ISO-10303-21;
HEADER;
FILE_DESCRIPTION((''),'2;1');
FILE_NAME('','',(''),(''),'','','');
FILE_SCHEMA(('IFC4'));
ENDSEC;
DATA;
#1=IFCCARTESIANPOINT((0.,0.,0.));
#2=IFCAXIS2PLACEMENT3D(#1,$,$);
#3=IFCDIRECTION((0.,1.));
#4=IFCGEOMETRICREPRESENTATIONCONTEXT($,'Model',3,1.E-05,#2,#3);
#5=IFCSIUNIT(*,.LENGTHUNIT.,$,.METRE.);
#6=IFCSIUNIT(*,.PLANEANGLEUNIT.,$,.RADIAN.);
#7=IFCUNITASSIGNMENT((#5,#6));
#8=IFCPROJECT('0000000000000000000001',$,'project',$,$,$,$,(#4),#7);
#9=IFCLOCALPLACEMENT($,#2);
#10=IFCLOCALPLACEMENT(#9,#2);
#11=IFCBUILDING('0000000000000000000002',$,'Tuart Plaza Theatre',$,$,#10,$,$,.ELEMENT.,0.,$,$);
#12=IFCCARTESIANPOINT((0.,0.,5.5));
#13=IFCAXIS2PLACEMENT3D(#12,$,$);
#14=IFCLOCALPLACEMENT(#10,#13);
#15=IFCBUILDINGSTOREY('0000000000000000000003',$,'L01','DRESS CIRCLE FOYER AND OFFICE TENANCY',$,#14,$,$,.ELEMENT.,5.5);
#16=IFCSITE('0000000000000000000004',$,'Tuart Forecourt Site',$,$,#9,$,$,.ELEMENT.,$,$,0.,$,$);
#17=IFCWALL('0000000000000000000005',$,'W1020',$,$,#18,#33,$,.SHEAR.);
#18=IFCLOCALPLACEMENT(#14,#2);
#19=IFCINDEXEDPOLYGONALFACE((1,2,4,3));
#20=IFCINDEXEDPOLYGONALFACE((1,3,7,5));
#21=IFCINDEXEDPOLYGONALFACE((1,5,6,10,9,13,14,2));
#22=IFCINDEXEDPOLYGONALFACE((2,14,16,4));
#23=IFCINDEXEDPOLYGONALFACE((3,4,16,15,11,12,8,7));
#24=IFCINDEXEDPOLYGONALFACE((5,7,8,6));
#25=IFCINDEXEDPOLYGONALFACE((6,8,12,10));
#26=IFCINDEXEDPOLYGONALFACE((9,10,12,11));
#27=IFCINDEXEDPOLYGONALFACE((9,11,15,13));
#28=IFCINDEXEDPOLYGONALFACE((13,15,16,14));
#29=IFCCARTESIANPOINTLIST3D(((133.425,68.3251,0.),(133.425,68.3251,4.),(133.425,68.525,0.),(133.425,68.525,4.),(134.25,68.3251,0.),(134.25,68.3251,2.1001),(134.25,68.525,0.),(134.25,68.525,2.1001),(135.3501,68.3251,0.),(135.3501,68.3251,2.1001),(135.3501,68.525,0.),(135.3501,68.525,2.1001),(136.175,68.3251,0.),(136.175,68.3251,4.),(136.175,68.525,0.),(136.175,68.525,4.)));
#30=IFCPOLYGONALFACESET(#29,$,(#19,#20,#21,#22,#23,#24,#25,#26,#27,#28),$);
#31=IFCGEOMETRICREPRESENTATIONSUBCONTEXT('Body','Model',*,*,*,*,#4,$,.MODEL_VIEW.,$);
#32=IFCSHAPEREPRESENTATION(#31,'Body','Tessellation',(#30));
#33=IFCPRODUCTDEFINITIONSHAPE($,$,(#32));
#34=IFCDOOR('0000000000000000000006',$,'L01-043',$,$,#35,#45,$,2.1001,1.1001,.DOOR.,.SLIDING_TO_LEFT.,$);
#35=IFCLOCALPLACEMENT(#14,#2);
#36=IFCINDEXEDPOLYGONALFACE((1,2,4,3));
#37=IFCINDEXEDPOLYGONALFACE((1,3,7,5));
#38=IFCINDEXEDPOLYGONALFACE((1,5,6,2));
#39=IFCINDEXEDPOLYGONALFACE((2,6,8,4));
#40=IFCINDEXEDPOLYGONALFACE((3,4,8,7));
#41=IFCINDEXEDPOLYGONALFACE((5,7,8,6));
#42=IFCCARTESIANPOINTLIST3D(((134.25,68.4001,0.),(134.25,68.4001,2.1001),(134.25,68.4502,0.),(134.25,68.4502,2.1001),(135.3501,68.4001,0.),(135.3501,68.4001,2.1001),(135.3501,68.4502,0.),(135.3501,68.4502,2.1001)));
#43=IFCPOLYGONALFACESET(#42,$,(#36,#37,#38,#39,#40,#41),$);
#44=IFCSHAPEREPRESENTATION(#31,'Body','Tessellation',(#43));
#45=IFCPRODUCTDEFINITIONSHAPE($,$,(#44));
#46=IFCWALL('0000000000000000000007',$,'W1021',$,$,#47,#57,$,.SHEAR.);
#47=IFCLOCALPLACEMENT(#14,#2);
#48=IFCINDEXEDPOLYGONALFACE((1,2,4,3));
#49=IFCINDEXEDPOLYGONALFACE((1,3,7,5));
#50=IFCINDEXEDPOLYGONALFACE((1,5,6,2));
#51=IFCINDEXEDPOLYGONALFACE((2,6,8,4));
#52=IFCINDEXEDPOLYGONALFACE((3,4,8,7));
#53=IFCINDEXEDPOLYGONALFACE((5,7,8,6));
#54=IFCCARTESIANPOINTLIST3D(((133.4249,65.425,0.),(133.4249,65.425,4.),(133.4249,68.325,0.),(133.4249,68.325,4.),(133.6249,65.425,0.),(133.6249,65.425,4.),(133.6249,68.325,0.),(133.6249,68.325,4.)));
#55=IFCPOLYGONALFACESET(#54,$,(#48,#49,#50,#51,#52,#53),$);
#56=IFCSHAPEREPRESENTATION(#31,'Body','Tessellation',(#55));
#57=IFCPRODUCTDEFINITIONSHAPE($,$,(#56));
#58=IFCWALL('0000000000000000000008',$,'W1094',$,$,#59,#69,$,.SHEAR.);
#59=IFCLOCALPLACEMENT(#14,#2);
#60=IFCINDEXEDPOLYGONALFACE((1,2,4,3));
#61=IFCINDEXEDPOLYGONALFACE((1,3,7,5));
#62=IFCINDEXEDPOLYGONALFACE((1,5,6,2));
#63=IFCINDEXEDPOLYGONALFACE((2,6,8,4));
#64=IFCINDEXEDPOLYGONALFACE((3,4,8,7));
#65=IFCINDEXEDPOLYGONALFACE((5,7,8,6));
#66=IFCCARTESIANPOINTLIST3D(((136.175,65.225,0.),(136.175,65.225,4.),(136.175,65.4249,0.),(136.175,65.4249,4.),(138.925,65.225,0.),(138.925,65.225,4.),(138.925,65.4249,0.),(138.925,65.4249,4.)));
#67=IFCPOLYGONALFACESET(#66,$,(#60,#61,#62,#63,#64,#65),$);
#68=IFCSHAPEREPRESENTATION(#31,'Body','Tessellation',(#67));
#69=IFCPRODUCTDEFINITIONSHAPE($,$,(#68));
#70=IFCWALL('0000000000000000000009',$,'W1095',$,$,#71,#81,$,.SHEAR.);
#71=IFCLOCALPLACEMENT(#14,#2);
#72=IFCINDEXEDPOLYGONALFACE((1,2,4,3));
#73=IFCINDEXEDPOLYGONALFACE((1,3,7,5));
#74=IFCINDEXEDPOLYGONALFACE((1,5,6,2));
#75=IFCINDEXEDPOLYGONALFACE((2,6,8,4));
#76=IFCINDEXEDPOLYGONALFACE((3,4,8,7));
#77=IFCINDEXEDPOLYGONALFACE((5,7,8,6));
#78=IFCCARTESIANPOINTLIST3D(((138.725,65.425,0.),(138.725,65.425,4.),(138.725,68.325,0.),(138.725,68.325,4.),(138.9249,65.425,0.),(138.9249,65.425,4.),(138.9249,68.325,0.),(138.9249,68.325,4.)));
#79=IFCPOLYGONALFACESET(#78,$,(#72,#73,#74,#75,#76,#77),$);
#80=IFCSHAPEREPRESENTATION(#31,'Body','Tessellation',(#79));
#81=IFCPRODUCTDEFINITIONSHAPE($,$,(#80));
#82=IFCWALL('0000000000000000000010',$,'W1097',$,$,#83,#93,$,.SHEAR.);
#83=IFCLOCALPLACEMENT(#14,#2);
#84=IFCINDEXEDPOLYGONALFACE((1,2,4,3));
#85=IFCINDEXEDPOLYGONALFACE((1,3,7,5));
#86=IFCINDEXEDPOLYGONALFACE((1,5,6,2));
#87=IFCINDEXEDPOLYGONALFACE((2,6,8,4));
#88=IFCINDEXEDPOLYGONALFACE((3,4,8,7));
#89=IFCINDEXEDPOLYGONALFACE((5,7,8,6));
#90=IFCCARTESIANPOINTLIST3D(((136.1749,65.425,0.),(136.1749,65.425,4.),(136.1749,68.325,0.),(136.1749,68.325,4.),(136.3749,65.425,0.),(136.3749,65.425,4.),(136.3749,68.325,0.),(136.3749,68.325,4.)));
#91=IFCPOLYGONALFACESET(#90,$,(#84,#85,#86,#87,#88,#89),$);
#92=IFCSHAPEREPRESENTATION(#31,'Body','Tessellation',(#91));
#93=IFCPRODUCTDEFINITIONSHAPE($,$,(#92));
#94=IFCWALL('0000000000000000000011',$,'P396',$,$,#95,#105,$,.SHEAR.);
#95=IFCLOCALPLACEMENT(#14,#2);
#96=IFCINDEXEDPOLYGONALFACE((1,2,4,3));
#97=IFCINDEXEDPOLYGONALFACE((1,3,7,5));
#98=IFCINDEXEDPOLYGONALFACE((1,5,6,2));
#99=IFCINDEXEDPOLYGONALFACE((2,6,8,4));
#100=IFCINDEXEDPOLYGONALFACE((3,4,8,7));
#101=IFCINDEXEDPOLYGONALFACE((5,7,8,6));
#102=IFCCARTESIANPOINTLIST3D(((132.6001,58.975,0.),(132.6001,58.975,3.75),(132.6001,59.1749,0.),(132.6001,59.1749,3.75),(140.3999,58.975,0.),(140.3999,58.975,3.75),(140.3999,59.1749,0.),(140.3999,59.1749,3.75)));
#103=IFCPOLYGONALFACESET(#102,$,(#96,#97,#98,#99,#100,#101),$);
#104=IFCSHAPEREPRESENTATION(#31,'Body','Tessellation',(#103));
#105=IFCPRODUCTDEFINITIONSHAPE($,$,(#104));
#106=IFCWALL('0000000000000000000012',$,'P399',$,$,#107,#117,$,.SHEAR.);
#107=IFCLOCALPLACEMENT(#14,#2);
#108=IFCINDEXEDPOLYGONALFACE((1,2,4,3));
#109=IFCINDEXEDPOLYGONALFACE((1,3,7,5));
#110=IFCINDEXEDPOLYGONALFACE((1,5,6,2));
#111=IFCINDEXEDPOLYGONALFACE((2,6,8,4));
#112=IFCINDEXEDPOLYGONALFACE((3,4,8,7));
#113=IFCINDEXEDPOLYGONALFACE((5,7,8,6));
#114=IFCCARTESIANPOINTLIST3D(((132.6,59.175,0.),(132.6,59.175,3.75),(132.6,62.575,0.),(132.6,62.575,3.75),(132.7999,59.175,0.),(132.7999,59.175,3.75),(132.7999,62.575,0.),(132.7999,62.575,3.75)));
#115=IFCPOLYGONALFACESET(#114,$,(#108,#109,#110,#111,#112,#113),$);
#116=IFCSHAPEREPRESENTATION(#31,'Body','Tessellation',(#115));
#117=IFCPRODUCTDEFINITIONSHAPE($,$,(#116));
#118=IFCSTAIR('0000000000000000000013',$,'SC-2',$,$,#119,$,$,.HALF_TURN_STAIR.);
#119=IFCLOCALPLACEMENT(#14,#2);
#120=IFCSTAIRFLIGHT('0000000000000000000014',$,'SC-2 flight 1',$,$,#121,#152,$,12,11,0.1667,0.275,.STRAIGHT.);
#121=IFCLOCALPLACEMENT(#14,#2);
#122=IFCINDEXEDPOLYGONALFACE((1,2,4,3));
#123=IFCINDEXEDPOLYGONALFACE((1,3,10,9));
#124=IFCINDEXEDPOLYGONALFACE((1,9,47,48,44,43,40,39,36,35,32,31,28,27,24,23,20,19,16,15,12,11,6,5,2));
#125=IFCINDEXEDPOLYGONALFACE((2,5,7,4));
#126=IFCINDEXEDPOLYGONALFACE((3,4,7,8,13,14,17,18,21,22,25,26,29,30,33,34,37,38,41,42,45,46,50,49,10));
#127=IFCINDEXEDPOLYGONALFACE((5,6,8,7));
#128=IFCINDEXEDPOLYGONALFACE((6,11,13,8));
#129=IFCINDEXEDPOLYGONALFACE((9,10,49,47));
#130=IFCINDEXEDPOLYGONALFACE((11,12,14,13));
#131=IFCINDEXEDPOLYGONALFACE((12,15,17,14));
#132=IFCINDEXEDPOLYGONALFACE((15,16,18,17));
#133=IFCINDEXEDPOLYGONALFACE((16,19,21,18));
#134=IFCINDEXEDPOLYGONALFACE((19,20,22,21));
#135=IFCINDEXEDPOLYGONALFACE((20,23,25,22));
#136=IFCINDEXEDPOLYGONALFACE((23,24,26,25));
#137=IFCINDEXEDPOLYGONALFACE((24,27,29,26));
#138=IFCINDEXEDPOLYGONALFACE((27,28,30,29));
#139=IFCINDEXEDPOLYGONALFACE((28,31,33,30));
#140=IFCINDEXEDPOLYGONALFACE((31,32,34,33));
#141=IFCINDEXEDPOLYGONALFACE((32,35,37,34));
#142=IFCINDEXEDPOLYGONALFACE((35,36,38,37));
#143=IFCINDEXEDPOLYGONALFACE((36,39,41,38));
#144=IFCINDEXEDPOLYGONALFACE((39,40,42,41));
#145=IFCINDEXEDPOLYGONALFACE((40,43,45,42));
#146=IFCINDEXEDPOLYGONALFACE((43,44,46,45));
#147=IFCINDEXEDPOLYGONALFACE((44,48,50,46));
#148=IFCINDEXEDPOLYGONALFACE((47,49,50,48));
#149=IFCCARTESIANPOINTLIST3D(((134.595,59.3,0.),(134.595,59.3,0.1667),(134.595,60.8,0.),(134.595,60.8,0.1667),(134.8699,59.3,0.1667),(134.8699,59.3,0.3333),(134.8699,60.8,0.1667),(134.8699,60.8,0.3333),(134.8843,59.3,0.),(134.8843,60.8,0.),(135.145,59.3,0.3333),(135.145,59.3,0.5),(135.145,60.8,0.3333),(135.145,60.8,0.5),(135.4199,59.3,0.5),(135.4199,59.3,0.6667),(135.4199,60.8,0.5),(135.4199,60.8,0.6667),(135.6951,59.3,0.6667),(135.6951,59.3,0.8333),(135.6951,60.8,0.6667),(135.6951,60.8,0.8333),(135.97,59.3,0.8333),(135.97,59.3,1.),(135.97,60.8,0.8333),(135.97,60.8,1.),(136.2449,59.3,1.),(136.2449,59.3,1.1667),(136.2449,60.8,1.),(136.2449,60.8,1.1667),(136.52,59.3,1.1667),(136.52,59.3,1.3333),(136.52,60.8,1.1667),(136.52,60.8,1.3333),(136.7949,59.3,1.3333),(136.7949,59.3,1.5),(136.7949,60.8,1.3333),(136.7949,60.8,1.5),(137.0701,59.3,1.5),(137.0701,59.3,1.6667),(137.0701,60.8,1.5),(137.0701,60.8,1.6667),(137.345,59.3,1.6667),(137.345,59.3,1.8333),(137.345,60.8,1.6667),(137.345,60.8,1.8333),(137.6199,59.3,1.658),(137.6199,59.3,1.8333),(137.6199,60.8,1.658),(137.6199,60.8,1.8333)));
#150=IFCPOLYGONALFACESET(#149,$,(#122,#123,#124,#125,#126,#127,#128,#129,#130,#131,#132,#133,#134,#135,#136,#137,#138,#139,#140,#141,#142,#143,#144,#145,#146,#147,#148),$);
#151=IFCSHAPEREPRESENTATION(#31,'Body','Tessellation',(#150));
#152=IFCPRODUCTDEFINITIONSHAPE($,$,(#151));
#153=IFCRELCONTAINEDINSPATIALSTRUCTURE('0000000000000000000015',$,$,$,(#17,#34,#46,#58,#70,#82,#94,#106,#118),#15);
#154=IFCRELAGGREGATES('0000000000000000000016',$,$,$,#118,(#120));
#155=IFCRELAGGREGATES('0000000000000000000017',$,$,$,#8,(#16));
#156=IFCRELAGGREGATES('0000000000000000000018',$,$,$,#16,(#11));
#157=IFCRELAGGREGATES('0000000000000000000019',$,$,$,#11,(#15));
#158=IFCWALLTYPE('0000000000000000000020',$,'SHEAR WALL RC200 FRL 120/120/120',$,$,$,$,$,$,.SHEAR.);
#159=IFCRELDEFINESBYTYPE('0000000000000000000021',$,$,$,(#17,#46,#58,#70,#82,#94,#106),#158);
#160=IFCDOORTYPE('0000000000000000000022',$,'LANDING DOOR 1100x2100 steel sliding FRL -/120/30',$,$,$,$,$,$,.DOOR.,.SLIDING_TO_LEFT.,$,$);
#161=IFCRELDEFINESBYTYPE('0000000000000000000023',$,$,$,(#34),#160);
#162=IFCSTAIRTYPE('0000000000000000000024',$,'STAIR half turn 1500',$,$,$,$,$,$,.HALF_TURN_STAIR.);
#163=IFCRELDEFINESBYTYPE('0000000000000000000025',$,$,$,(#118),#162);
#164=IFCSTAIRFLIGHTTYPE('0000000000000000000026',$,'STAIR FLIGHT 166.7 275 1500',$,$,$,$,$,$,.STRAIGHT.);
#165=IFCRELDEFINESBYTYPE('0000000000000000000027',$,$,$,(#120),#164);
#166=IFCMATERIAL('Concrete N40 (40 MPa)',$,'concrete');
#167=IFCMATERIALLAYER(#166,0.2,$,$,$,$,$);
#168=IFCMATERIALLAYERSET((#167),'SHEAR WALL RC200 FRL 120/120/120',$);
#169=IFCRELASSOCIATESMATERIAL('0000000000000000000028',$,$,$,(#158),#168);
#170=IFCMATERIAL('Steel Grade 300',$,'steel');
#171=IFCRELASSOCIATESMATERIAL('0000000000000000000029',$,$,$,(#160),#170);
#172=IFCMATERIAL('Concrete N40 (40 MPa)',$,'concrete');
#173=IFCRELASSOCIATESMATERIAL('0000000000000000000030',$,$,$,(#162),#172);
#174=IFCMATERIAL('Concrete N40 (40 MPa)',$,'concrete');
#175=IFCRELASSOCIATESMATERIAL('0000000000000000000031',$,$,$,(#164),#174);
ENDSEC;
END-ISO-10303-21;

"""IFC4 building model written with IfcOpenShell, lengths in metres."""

from ifc_helpers import new_model, si_unit, direction, frame, frame_2d, origin, place, context, subcontext, project, spatial, polyline, rectangle, outline, extrude, material, layer, layer_set, type_object, element, fill, aggregate, save


model = new_model("IFC4")

# Units and contexts
model_context = context("Model", 3, precision=1e-05, world=origin(), true_north=direction((0.0, 1.0)))
body_context = subcontext(model_context, "Body", "Model", "MODEL_VIEW")
ifc_project = project(units=[si_unit("LENGTHUNIT", "METRE"), si_unit("PLANEANGLEUNIT", "RADIAN")], contexts=[model_context])

# Site, building, storey
site_placement = place(None, origin())
site = spatial("IfcSite", under=ifc_project, at=site_placement, Name="Tuart Forecourt Site", CompositionType="ELEMENT", RefElevation=0.0)
building_placement = place(site_placement, origin())
building = spatial("IfcBuilding", under=site, at=building_placement, Name="Tuart Plaza Theatre", CompositionType="ELEMENT", ElevationOfRefHeight=0.0)
storey_placement = place(building_placement, frame((0.0, 0.0, 5.5)))
storey = spatial("IfcBuildingStorey", under=building, at=storey_placement, Name="L01", Description="DRESS CIRCLE FOYER AND OFFICE TENANCY", CompositionType="ELEMENT", Elevation=5.5)

# Shared definitions
ifc_material_1 = material(Name="Concrete N40 (40 MPa)", Category="concrete")
ifc_layer_1 = layer(ifc_material_1, 0.2)
ifc_layer_set_1 = layer_set([ifc_layer_1], Name="SHEAR WALL RC200 FRL 120/120/120")
wall_type_1 = type_object("IfcWallType", Name="SHEAR WALL RC200 FRL 120/120/120", PredefinedType="SHEAR", material=ifc_layer_set_1)

# Shared definitions
ifc_material_2 = material(Name="Steel Grade 300", Category="steel")
door_type_1 = type_object("IfcDoorType", Name="LANDING DOOR 1100x2100 steel sliding FRL -/120/30", OperationType="SLIDING_TO_LEFT", PredefinedType="DOOR", material=ifc_material_2)

# Wall, opening, door
wall_1_placement = place(storey_placement, frame((136.175, 68.425, 0.0), z_axis=(0.0, 0.0, 1.0), x_axis=(-1.0, 0.0, 0.0)))
wall_1 = element("IfcWall", 1, at=wall_1_placement, inside=storey, type_object=wall_type_1, Name="W1020", PredefinedType="SHEAR", context=body_context, shape_type="SweptSolid", body=[
    extrude(rectangle(XDim=2.75, YDim=0.2, at=frame_2d((1.375, 0.0))), origin(), (0.0, 0.0, 1.0), 4.0),
])
opening_1_placement = place(wall_1_placement, frame((0.825, 0.0, 0.0)))
opening_1 = element("IfcOpeningElement", 2, at=opening_1_placement, cuts=wall_1, PredefinedType="OPENING", context=body_context, shape_type="SweptSolid", body=[
    extrude(rectangle(XDim=1.1001, YDim=2.1001, at=frame_2d((0.55, 1.05))), frame((0.0, 0.1099, 0.0), z_axis=(0.0, -1.0, 0.0), x_axis=(1.0, 0.0, 0.0)), (0.0, 0.0, 1.0), 0.22),
])
door_1_placement = place(opening_1_placement, origin())
door_1 = element("IfcDoor", 3, at=door_1_placement, inside=storey, type_object=door_type_1, Name="L01-043", OperationType="SLIDING_TO_LEFT", OverallHeight=2.1001, OverallWidth=1.1001, PredefinedType="DOOR", context=body_context, shape_type="SweptSolid", body=[
    extrude(rectangle(XDim=1.1001, YDim=2.1001, at=frame_2d((0.55, 1.05))), frame((0.0, 0.0249, 0.0), z_axis=(0.0, -1.0, 0.0), x_axis=(1.0, 0.0, 0.0)), (0.0, 0.0, 1.0), 0.05),
])
fill(opening_1, door_1)

# Walls
wall_2_placement = place(storey_placement, frame((133.5249, 68.325, 0.0), z_axis=(0.0, 0.0, 1.0), x_axis=(0.0, -1.0, 0.0)))
element("IfcWall", 4, at=wall_2_placement, inside=storey, type_object=wall_type_1, Name="W1021", PredefinedType="SHEAR", context=body_context, shape_type="SweptSolid", body=[
    extrude(rectangle(XDim=2.8999, YDim=0.2, at=frame_2d((1.45, 0.0))), origin(), (0.0, 0.0, 1.0), 4.0),
])
wall_3_placement = place(storey_placement, frame((136.175, 65.325, 0.0), z_axis=(0.0, 0.0, 1.0), x_axis=(1.0, 0.0, 0.0)))
element("IfcWall", 5, at=wall_3_placement, inside=storey, type_object=wall_type_1, Name="W1094", PredefinedType="SHEAR", context=body_context, shape_type="SweptSolid", body=[
    extrude(rectangle(XDim=2.75, YDim=0.2, at=frame_2d((1.375, 0.0))), origin(), (0.0, 0.0, 1.0), 4.0),
])
for number, where, z_axis, x_axis, name in (
    (6, (138.825, 65.425, 0.0), (0.0, 0.0, 1.0), (0.0, 1.0, 0.0), "W1095"),
    (7, (136.2749, 68.325, 0.0), (0.0, 0.0, 1.0), (0.0, -1.0, 0.0), "W1097"),
):
    element("IfcWall", number, at=place(storey_placement, frame(where, z_axis=z_axis, x_axis=x_axis)), inside=storey, type_object=wall_type_1, Name=name, PredefinedType="SHEAR", context=body_context, shape_type="SweptSolid", body=[
        extrude(rectangle(XDim=2.8999, YDim=0.2, at=frame_2d((1.45, 0.0))), origin(), (0.0, 0.0, 1.0), 4.0),
    ])
wall_4_placement = place(storey_placement, frame((132.6001, 59.075, 0.0), z_axis=(0.0, 0.0, 1.0), x_axis=(1.0, 0.0, 0.0)))
element("IfcWall", 8, at=wall_4_placement, inside=storey, type_object=wall_type_1, Name="P396", PredefinedType="SHEAR", context=body_context, shape_type="SweptSolid", body=[
    extrude(rectangle(XDim=7.7998, YDim=0.2, at=frame_2d((3.8999, 0.0))), origin(), (0.0, 0.0, 1.0), 3.75),
])
wall_5_placement = place(storey_placement, frame((132.7, 62.575, 0.0), z_axis=(0.0, 0.0, 1.0), x_axis=(0.0, -1.0, 0.0)))
element("IfcWall", 9, at=wall_5_placement, inside=storey, type_object=wall_type_1, Name="P399", PredefinedType="SHEAR", context=body_context, shape_type="SweptSolid", body=[
    extrude(rectangle(XDim=3.3999, YDim=0.2, at=frame_2d((1.7, 0.0))), origin(), (0.0, 0.0, 1.0), 3.75),
])

# Stair, stair flight
ifc_material_3 = material(Name="Concrete N40 (40 MPa)", Category="concrete")
stair_type = type_object("IfcStairType", Name="STAIR half turn 1500", PredefinedType="HALF_TURN_STAIR", material=ifc_material_3)
stair_placement = place(storey_placement, origin())
stair = element("IfcStair", 10, at=stair_placement, inside=storey, type_object=stair_type, Name="SC-2", PredefinedType="HALF_TURN_STAIR")
ifc_material_4 = material(Name="Concrete N40 (40 MPa)", Category="concrete")
stair_flight_type = type_object("IfcStairFlightType", Name="STAIR FLIGHT 166.7 275 1500", PredefinedType="STRAIGHT", material=ifc_material_4)
stair_flight_placement = place(storey_placement, frame((134.595, 60.05, 0.0), z_axis=(0.0, 0.0, 1.0), x_axis=(1.0, 0.0, 0.0)))
stair_flight = element("IfcStairFlight", 11, at=stair_flight_placement, type_object=stair_flight_type, Name="SC-2 flight 1", NumberOfRisers=12, NumberOfTreads=11, PredefinedType="STRAIGHT", RiserHeight=0.1667, TreadLength=0.275, context=body_context, shape_type="SweptSolid", body=[
    extrude(outline(polyline([(0.0, 0.0), (0.0, 0.1667), (0.2749, 0.1667), (0.2749, 0.3333), (0.55, 0.3333), (0.55, 0.5), (0.825, 0.5), (0.825, 0.6667), (1.1001, 0.6667), (1.1001, 0.8333), (1.375, 0.8333), (1.375, 1.0), (1.6499, 1.0), (1.6499, 1.1667), (1.925, 1.1667), (1.925, 1.3333), (2.2, 1.3333), (2.2, 1.5), (2.4751, 1.5), (2.4751, 1.6667), (2.75, 1.6667), (2.75, 1.8333), (3.0249, 1.8333), (3.0249, 2.0), (3.0249, 1.658), (0.2893, 0.0), (0.0, 0.0)])), frame((0.0, 0.75, 0.0), z_axis=(0.0, -1.0, 0.0), x_axis=(1.0, 0.0, 0.0)), (0.0, 0.0, 1.0), 1.5),
])
aggregate(stair, [stair_flight])

save(model, "model.ifc")
